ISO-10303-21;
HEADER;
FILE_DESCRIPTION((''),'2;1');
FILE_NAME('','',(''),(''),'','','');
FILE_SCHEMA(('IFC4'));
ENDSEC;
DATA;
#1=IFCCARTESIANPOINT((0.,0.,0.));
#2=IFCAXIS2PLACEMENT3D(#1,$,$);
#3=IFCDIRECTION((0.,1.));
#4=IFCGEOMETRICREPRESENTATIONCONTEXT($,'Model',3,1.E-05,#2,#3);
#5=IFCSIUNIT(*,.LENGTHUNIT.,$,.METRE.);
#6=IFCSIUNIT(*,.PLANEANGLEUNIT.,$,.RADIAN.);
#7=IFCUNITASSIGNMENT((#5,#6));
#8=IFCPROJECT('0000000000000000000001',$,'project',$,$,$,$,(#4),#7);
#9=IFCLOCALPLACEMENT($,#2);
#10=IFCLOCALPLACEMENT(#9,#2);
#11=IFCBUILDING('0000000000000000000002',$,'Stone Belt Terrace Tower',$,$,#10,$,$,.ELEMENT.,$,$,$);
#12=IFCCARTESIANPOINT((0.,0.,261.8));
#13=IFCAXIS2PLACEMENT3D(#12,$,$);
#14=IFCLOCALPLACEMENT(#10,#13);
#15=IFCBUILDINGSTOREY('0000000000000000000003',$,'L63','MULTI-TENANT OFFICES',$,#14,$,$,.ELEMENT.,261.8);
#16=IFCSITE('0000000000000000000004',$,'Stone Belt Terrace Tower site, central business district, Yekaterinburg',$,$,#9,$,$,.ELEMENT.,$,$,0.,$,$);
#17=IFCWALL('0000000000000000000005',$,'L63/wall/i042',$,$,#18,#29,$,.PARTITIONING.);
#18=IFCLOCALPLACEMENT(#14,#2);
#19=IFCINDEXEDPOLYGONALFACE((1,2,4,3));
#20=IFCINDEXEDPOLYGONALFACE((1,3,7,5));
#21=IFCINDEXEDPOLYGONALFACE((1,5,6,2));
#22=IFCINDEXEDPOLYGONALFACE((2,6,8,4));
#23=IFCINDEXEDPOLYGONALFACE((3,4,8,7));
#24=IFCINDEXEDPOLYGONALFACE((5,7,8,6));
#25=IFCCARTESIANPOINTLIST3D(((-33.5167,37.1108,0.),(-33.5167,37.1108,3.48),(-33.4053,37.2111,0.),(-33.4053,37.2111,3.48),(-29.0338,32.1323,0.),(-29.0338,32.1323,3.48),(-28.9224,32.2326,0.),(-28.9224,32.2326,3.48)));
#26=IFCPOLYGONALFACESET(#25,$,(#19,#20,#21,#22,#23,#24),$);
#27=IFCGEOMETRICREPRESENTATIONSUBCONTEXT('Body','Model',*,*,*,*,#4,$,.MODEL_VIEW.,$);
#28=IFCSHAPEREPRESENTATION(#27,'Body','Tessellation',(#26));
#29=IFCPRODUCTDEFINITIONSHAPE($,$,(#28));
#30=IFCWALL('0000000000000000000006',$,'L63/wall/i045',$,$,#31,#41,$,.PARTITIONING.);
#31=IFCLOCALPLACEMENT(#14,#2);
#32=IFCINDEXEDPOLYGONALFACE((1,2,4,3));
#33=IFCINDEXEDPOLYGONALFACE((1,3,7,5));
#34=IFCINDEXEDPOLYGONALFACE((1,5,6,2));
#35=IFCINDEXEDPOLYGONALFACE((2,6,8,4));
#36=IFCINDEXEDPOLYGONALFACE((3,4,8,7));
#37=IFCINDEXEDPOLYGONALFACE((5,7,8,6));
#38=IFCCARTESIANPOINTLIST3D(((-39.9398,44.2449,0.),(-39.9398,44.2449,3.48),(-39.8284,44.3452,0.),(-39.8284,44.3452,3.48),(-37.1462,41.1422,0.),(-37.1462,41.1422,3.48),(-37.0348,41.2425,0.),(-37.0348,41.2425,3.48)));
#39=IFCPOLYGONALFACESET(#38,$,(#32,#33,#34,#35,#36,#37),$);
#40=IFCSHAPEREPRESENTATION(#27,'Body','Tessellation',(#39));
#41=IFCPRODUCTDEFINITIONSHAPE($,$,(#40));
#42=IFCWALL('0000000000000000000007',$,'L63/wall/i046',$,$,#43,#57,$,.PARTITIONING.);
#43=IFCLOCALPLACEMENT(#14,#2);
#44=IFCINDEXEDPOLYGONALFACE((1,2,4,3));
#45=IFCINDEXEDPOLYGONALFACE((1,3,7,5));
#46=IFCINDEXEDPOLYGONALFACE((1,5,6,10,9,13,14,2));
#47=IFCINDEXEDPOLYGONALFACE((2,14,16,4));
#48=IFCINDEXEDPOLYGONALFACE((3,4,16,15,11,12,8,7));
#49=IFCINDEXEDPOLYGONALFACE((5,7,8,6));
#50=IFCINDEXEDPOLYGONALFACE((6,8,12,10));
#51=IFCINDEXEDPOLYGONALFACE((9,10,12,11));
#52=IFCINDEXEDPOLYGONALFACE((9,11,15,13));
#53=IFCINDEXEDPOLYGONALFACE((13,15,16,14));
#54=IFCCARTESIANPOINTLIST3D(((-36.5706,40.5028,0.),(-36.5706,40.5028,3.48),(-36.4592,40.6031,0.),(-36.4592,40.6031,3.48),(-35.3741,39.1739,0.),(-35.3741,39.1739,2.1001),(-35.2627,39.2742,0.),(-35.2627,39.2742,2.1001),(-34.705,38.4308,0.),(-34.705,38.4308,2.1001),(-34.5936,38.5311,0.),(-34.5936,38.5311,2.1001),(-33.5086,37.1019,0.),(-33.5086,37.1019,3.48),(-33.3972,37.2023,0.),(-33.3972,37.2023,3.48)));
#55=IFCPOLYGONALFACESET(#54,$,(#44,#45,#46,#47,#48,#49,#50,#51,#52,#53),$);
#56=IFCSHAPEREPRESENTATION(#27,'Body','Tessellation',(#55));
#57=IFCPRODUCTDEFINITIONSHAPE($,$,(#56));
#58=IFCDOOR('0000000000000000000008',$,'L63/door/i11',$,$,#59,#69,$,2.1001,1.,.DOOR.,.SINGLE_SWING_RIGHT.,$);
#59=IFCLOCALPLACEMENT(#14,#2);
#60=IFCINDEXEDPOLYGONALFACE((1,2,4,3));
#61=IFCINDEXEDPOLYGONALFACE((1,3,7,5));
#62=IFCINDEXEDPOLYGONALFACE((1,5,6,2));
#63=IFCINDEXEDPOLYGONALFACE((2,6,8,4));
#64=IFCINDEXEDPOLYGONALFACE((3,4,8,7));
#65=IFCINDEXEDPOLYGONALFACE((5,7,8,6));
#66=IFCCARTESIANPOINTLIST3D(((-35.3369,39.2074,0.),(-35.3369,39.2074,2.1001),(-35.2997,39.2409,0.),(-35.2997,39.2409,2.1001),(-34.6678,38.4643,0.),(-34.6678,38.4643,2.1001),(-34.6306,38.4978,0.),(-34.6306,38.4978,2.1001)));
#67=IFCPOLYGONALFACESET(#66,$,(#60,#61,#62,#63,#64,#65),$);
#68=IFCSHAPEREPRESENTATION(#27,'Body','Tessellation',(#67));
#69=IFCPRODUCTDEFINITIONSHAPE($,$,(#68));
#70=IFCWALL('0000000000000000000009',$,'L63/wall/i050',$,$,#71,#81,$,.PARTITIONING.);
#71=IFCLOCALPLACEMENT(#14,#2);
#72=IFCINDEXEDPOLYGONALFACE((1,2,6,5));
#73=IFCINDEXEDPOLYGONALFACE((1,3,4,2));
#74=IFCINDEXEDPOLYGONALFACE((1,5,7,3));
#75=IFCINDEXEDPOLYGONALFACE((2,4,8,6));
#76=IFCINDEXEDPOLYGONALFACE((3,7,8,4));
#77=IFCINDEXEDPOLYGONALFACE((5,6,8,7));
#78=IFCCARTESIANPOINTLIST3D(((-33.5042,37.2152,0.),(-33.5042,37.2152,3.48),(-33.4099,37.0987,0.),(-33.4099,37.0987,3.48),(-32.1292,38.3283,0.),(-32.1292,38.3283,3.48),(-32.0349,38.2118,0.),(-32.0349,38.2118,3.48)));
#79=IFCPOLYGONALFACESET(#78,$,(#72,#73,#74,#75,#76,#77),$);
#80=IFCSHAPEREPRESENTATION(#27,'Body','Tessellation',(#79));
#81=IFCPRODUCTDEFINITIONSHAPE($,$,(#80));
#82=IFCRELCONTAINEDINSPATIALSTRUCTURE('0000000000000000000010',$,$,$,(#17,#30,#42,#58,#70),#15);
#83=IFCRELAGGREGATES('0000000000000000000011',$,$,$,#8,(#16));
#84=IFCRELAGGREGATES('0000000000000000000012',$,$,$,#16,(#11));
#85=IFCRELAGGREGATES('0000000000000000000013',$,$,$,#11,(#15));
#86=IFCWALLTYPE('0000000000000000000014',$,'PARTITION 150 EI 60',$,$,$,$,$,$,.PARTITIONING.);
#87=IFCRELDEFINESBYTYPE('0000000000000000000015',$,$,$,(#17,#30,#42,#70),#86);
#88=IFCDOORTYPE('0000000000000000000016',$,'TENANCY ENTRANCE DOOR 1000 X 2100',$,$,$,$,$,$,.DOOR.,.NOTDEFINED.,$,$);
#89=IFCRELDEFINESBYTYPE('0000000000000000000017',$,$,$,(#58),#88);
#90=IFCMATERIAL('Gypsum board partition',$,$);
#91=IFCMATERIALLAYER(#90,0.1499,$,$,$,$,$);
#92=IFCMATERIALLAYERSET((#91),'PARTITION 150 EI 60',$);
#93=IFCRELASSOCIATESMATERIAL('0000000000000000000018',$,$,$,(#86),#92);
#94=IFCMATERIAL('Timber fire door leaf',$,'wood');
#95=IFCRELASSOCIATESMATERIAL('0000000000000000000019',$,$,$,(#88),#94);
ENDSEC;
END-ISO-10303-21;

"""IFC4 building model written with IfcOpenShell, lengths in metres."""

from ifc_helpers import new_model, si_unit, direction, frame, frame_2d, origin, place, context, subcontext, project, spatial, rectangle, extrude, material, layer, layer_set, type_object, element, fill, save


model = new_model("IFC4")

# Units and contexts
model_context = context("Model", 3, precision=1e-05, world=origin(), true_north=direction((0.0, 1.0)))
body_context = subcontext(model_context, "Body", "Model", "MODEL_VIEW")
ifc_project = project(units=[si_unit("LENGTHUNIT", "METRE"), si_unit("PLANEANGLEUNIT", "RADIAN")], contexts=[model_context])

# Site, building, storey
site_placement = place(None, origin())
site = spatial("IfcSite", under=ifc_project, at=site_placement, Name="Stone Belt Terrace Tower site, central business district, Yekaterinburg", CompositionType="ELEMENT", RefElevation=0.0)
building_placement = place(site_placement, origin())
building = spatial("IfcBuilding", under=site, at=building_placement, Name="Stone Belt Terrace Tower", CompositionType="ELEMENT")
storey_placement = place(building_placement, frame((0.0, 0.0, 261.8)))
storey = spatial("IfcBuildingStorey", under=building, at=storey_placement, Name="L63", Description="MULTI-TENANT OFFICES", CompositionType="ELEMENT", Elevation=261.8)

# Walls
ifc_material_1 = material(Name="Gypsum board partition")
ifc_layer_1 = layer(ifc_material_1, 0.1499)
ifc_layer_set_1 = layer_set([ifc_layer_1], Name="PARTITION 150 EI 60")
wall_type = type_object("IfcWallType", Name="PARTITION 150 EI 60", PredefinedType="PARTITIONING", material=ifc_layer_set_1)
wall_1_placement = place(storey_placement, frame((-33.4609, 37.1609, 0.0), z_axis=(0.0, 0.0, 1.0), x_axis=(0.66915, -0.743127, 0.0)))
element("IfcWall", 1, at=wall_1_placement, inside=storey, type_object=wall_type, Name="L63/wall/i042", PredefinedType="PARTITIONING", context=body_context, shape_type="SweptSolid", body=[
    extrude(rectangle(XDim=6.6995, YDim=0.1499, at=frame_2d((3.3496, 0.0))), origin(), (0.0, 0.0, 1.0), 3.48),
])
wall_2_placement = place(storey_placement, frame((-39.884, 44.2949, 0.0), z_axis=(0.0, 0.0, 1.0), x_axis=(0.669123, -0.743152, 0.0)))
element("IfcWall", 2, at=wall_2_placement, inside=storey, type_object=wall_type, Name="L63/wall/i045", PredefinedType="PARTITIONING", context=body_context, shape_type="SweptSolid", body=[
    extrude(rectangle(XDim=4.175, YDim=0.1499, at=frame_2d((2.0874, 0.0))), origin(), (0.0, 0.0, 1.0), 3.48),
])

# Wall, opening, door
wall_3_placement = place(storey_placement, frame((-33.4529, 37.1521, 0.0), z_axis=(0.0, 0.0, 1.0), x_axis=(-0.669112, 0.743161, 0.0)))
wall_3 = element("IfcWall", 3, at=wall_3_placement, inside=storey, type_object=wall_type, Name="L63/wall/i046", PredefinedType="PARTITIONING", context=body_context, shape_type="SweptSolid", body=[
    extrude(rectangle(XDim=4.5762, YDim=0.1499, at=frame_2d((2.2881, 0.0))), origin(), (0.0, 0.0, 1.0), 3.48),
])
opening_placement = place(wall_3_placement, frame((1.7881, 0.0, 0.0)))
opening = element("IfcOpeningElement", 4, at=opening_placement, cuts=wall_3, PredefinedType="OPENING", context=body_context, shape_type="SweptSolid", body=[
    extrude(rectangle(XDim=1.0, YDim=2.1001, at=frame_2d((0.5, 1.05))), frame((0.0, 0.085, 0.0), z_axis=(0.0, -1.0, 0.0), x_axis=(1.0, 0.0, 0.0)), (0.0, 0.0, 1.0), 0.1699),
])
ifc_material_2 = material(Name="Timber fire door leaf", Category="wood")
door_type = type_object("IfcDoorType", Name="TENANCY ENTRANCE DOOR 1000 X 2100", OperationType="NOTDEFINED", PredefinedType="DOOR", material=ifc_material_2)
door_placement = place(opening_placement, origin())
door = element("IfcDoor", 5, at=door_placement, inside=storey, type_object=door_type, Name="L63/door/i11", OperationType="SINGLE_SWING_RIGHT", OverallHeight=2.1001, OverallWidth=1.0, PredefinedType="DOOR", context=body_context, shape_type="SweptSolid", body=[
    extrude(rectangle(XDim=1.0, YDim=2.1001, at=frame_2d((0.5, 1.05))), frame((0.0, 0.0249, 0.0), z_axis=(0.0, -1.0, 0.0), x_axis=(1.0, 0.0, 0.0)), (0.0, 0.0, 1.0), 0.05),
])
fill(opening, door)

# Wall
wall_4_placement = place(storey_placement, frame((-33.457, 37.157, 0.0), z_axis=(0.0, 0.0, 1.0), x_axis=(0.777261, 0.629178, 0.0)))
element("IfcWall", 6, at=wall_4_placement, inside=storey, type_object=wall_type, Name="L63/wall/i050", PredefinedType="PARTITIONING", context=body_context, shape_type="SweptSolid", body=[
    extrude(rectangle(XDim=1.769, YDim=0.1499, at=frame_2d((0.8845, 0.0))), origin(), (0.0, 0.0, 1.0), 3.48),
])

save(model, "model.ifc")
